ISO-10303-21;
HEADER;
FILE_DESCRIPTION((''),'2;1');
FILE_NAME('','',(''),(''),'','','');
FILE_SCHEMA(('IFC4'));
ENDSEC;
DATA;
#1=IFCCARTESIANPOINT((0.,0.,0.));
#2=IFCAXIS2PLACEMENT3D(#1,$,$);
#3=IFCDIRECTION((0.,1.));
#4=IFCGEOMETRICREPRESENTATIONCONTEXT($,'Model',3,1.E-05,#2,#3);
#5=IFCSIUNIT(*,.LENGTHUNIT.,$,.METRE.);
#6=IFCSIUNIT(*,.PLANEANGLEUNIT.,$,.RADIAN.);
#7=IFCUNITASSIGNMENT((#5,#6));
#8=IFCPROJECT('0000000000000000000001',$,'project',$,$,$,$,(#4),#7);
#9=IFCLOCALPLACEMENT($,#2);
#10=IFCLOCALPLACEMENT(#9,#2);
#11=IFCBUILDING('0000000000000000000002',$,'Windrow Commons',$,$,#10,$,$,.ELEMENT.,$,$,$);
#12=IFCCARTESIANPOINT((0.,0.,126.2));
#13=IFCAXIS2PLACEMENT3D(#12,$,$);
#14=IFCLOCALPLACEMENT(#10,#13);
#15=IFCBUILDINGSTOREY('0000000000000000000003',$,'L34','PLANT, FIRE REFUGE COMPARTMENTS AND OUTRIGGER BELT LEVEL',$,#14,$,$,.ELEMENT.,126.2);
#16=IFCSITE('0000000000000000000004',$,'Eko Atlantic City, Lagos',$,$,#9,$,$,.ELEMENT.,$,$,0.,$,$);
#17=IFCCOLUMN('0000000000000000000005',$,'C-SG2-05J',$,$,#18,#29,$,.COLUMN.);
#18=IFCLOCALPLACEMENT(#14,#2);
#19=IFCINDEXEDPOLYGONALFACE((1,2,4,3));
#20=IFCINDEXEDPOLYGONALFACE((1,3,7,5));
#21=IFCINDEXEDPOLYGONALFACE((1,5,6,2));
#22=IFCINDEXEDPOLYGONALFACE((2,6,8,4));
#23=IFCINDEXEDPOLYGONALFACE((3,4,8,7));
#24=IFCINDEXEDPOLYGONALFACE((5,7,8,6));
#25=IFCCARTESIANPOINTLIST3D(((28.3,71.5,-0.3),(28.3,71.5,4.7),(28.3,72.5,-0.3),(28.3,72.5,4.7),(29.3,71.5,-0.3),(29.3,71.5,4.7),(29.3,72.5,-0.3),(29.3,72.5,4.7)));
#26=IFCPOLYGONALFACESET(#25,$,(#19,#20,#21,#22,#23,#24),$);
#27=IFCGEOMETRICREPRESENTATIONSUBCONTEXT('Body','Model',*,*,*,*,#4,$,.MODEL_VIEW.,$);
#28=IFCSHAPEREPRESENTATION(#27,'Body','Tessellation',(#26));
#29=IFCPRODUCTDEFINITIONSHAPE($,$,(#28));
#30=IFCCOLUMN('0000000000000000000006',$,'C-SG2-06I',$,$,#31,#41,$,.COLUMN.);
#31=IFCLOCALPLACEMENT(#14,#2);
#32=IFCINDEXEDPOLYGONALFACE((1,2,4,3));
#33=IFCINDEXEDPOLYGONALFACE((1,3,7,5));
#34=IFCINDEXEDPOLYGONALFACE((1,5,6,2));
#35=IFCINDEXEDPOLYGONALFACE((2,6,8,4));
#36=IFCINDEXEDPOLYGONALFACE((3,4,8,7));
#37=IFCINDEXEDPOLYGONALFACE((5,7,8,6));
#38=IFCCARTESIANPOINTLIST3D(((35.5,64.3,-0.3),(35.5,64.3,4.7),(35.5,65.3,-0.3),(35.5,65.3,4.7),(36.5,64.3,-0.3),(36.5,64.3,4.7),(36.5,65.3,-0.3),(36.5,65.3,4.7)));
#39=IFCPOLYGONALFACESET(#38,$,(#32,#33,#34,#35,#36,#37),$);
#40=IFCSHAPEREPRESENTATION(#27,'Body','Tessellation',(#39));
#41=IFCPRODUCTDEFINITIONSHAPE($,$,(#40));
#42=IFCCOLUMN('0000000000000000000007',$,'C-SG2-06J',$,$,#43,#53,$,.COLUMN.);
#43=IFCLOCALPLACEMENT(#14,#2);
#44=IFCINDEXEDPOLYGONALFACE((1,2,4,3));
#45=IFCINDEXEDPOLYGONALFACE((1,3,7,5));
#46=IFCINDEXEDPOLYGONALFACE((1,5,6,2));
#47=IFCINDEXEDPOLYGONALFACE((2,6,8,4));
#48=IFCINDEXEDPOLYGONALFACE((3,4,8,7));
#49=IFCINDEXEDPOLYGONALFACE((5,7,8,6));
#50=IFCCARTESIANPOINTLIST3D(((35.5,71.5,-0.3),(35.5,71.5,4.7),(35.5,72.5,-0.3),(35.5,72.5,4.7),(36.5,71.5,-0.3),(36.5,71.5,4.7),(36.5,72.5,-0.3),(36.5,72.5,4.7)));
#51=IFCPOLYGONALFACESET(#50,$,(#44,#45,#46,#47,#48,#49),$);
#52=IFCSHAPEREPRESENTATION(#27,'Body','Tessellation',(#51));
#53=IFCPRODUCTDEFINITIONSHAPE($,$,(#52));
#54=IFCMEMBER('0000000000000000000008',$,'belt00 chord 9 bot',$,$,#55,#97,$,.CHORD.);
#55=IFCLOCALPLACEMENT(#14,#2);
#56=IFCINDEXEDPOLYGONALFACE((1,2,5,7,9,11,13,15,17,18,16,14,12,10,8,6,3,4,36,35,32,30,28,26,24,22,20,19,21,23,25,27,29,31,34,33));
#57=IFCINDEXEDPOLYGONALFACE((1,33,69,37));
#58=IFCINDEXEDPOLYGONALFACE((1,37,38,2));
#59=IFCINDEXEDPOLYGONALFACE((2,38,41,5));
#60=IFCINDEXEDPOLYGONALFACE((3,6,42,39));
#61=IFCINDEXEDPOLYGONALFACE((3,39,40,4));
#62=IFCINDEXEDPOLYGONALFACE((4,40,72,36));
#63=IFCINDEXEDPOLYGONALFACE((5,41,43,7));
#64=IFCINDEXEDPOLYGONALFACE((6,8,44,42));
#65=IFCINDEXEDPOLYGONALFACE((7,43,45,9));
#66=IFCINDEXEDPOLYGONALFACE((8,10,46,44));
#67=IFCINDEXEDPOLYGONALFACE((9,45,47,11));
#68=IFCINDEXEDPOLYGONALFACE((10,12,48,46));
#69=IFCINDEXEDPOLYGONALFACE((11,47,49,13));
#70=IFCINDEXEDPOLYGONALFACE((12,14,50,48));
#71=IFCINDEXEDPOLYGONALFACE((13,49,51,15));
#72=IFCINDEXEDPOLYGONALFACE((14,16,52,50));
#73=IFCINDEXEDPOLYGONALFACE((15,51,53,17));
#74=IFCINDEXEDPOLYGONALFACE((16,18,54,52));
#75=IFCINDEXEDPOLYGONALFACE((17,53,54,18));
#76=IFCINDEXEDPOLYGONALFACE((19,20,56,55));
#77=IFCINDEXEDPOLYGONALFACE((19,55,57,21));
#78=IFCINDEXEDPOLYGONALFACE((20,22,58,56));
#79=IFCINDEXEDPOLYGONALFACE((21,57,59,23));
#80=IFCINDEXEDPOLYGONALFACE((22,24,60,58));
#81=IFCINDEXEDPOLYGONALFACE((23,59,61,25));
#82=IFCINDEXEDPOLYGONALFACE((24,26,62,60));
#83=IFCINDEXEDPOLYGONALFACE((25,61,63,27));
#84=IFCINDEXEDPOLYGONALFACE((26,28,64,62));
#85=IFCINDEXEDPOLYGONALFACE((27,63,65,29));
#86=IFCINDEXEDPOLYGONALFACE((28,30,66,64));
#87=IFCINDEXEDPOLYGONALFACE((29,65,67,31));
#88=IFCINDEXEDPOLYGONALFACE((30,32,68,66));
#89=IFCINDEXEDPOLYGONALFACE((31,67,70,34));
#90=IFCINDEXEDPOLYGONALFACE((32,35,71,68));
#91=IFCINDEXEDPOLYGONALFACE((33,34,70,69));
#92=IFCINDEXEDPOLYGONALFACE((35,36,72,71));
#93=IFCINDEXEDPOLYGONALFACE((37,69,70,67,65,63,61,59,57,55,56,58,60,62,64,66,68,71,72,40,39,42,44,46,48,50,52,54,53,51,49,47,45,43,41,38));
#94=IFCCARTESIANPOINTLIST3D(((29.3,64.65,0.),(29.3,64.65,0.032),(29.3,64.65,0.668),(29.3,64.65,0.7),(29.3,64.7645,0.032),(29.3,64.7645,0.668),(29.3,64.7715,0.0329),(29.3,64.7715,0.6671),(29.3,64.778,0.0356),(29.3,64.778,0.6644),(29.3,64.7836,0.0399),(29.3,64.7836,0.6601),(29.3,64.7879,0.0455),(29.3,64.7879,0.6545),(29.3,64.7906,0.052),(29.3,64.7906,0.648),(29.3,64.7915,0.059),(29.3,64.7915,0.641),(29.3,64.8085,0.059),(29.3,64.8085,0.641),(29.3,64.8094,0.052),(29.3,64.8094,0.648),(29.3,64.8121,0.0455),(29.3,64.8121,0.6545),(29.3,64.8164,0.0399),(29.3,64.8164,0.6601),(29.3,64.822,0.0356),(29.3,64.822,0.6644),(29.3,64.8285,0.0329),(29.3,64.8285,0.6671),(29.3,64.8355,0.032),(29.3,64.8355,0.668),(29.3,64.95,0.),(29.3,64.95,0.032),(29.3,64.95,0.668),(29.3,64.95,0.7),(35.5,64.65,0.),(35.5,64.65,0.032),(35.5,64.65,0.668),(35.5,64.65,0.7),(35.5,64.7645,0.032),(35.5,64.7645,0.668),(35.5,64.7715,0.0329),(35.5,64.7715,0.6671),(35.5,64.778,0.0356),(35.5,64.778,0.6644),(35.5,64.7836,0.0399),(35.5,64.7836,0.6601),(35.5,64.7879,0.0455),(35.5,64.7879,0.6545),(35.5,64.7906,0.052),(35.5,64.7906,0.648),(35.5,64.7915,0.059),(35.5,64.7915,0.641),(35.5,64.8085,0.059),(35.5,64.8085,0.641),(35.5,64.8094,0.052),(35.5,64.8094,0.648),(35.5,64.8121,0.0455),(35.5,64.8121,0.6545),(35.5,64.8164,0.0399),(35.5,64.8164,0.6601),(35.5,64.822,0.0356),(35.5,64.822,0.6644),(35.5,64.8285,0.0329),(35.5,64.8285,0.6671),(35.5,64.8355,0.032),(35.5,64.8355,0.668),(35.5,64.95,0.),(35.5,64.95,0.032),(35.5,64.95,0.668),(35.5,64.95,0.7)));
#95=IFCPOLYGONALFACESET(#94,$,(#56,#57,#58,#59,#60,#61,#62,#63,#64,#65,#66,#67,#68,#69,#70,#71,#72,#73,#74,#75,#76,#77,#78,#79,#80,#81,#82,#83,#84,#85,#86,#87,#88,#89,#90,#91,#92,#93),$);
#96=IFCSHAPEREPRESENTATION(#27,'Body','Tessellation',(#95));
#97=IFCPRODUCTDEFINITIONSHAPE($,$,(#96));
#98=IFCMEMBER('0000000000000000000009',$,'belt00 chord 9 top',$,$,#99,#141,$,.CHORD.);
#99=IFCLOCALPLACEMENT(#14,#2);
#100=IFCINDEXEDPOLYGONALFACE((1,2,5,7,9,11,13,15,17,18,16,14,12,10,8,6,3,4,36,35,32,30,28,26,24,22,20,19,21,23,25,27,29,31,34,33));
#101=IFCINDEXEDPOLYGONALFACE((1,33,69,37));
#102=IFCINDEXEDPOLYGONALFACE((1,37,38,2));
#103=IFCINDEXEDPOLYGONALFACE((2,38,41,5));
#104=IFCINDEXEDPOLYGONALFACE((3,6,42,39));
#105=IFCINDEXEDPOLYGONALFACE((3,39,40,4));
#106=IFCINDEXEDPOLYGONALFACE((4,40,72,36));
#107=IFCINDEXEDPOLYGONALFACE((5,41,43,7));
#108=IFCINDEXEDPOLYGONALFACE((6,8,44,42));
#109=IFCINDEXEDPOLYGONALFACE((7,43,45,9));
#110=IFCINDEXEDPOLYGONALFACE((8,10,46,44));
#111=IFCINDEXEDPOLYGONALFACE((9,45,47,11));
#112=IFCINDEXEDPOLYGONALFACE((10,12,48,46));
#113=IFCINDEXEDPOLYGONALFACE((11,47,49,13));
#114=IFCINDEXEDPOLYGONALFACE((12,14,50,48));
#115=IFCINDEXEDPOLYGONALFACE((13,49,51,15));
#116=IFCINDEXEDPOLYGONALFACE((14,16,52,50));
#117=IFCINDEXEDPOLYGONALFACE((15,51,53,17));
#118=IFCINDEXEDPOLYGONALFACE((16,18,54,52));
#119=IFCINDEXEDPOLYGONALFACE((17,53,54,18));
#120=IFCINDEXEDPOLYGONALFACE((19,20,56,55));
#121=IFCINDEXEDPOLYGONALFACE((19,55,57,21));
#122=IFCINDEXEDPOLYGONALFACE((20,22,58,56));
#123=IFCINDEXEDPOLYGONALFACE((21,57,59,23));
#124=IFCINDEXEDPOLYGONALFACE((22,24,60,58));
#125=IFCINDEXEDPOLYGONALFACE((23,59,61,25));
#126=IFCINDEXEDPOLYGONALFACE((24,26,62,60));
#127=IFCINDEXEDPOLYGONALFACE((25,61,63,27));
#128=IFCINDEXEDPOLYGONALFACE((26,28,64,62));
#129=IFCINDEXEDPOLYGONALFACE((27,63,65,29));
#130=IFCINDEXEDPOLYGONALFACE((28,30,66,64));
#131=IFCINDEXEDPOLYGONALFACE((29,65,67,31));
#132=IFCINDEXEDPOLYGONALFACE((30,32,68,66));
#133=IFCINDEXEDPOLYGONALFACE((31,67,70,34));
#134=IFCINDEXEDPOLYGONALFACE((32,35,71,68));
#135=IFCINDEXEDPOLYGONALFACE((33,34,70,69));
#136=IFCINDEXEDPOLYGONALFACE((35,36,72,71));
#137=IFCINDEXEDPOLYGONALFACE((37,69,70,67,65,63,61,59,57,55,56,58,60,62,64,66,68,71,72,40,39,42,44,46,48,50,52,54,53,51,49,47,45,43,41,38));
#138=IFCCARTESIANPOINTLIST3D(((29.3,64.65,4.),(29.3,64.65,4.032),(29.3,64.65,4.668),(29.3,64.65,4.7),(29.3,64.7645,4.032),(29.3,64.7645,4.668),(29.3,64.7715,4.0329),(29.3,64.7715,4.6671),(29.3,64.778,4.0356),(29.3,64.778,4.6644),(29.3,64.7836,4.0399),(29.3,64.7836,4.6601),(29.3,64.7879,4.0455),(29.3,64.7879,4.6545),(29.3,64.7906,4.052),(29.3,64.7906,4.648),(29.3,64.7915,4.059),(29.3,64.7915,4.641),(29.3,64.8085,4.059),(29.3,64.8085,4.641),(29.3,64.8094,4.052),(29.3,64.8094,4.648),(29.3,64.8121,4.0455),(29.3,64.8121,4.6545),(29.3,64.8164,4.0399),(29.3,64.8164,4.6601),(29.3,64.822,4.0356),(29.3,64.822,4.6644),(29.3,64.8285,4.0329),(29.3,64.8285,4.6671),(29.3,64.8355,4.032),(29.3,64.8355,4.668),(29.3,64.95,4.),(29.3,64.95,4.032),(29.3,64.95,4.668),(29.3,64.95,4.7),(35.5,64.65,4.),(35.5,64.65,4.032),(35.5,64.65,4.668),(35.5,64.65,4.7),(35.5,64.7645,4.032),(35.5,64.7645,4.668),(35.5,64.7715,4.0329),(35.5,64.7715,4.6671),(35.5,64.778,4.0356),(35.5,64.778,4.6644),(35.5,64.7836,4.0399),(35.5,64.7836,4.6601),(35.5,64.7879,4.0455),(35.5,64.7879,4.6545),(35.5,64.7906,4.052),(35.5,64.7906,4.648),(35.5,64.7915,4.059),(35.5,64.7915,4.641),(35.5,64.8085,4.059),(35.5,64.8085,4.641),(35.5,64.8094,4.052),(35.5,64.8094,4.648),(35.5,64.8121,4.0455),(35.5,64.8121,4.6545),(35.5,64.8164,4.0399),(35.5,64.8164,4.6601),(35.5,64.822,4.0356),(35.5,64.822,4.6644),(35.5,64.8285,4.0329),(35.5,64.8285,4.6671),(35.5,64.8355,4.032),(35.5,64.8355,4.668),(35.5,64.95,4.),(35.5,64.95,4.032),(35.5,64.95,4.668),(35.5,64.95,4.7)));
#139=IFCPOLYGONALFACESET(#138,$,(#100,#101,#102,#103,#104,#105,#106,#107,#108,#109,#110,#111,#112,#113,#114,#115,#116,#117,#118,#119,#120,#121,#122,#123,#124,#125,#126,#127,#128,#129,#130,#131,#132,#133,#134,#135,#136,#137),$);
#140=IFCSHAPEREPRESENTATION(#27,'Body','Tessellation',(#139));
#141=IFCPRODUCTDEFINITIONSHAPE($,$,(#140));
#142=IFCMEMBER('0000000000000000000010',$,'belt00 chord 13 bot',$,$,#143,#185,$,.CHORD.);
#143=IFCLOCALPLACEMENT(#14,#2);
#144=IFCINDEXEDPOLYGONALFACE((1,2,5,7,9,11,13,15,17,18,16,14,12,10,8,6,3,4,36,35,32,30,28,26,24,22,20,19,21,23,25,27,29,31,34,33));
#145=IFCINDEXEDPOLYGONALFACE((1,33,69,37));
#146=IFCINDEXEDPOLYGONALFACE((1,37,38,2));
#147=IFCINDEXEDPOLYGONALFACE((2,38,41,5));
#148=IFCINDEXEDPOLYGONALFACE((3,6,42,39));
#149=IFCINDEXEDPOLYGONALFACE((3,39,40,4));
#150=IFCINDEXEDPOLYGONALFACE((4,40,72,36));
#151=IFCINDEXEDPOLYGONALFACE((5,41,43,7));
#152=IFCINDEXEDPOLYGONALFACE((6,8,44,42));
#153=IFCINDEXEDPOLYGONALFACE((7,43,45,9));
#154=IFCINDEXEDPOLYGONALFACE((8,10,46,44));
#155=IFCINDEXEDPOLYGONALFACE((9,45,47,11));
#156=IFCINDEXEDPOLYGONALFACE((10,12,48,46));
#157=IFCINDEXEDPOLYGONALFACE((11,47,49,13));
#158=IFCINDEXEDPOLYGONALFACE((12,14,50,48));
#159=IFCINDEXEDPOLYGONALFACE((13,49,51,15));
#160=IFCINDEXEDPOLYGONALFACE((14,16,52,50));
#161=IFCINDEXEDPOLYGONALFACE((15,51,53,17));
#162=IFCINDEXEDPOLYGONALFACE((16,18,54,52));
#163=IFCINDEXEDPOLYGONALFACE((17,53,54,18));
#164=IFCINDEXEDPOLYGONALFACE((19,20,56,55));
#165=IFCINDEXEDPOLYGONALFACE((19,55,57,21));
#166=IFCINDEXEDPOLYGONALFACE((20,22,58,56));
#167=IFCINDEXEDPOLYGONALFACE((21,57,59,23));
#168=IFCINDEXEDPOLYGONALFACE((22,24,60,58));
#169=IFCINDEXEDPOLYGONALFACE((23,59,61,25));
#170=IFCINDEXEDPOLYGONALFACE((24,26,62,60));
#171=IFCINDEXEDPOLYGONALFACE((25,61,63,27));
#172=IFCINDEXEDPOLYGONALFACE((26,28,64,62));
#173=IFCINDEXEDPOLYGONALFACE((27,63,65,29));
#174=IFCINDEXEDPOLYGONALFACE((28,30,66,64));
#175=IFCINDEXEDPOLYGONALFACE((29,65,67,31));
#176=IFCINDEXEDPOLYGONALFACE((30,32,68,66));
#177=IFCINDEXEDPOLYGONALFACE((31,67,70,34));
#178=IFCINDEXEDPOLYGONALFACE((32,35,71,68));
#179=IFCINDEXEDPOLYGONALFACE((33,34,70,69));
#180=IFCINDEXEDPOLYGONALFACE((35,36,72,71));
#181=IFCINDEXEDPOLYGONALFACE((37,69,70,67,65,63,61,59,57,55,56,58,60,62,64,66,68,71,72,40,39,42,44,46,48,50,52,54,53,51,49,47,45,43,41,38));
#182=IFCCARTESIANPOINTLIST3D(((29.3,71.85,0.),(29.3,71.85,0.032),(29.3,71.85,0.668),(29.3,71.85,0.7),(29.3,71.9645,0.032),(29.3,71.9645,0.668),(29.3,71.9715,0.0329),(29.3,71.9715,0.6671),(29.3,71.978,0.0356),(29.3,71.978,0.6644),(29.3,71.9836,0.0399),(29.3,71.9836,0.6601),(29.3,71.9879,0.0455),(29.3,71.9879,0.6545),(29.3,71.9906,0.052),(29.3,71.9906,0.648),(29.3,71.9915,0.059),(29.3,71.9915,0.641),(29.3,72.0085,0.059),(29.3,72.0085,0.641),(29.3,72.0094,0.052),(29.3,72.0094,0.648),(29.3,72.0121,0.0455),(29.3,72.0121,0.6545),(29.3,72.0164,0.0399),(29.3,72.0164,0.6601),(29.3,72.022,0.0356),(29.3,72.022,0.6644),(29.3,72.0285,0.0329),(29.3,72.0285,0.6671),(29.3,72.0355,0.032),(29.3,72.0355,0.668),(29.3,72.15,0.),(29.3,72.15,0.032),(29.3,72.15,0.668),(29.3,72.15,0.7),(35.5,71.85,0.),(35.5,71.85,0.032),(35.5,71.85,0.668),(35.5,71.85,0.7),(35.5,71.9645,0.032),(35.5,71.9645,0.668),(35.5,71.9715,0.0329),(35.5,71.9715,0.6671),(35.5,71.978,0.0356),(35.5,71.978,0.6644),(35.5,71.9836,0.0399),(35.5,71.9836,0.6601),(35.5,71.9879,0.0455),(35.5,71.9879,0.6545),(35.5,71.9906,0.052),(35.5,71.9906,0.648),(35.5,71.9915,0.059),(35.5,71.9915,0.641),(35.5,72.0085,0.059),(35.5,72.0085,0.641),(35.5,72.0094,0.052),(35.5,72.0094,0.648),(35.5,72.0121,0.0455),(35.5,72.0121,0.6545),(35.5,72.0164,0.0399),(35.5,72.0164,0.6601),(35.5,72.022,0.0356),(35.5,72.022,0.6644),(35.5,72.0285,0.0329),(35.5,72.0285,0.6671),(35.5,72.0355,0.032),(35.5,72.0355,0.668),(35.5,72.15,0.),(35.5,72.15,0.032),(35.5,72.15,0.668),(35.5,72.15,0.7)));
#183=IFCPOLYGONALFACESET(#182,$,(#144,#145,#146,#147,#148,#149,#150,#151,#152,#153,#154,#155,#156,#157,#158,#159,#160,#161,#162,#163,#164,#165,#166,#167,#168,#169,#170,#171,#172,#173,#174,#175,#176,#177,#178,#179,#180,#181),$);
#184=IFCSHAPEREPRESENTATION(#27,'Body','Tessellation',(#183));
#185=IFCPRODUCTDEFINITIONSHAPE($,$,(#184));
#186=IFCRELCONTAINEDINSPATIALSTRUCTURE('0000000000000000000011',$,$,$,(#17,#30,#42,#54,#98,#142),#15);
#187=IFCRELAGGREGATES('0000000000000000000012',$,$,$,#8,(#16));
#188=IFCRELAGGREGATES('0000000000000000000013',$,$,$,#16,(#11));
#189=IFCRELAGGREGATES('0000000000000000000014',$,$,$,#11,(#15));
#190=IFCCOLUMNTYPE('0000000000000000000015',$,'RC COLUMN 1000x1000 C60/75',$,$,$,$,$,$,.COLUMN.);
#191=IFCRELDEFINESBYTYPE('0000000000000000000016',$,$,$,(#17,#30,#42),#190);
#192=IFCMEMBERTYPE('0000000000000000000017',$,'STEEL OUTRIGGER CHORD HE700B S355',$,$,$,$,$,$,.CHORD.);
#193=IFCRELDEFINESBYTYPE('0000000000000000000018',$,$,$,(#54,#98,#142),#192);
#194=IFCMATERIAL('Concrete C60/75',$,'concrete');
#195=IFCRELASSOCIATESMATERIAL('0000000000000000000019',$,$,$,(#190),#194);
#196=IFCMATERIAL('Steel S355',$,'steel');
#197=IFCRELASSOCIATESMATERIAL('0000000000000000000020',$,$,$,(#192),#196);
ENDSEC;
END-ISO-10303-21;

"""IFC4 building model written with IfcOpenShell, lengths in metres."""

from ifc_helpers import new_model, si_unit, direction, frame, origin, origin_2d, place, context, subcontext, project, spatial, rectangle, i_section, extrude, material, material_profile, profile_set, type_object, element, save


model = new_model("IFC4")

# Units and contexts
model_context = context("Model", 3, precision=1e-05, world=origin(), true_north=direction((0.0, 1.0)))
body_context = subcontext(model_context, "Body", "Model", "MODEL_VIEW")
ifc_project = project(units=[si_unit("LENGTHUNIT", "METRE"), si_unit("PLANEANGLEUNIT", "RADIAN")], contexts=[model_context])

# Site, building, storey
site_placement = place(None, origin())
site = spatial("IfcSite", under=ifc_project, at=site_placement, Name="Eko Atlantic City, Lagos", CompositionType="ELEMENT", RefElevation=0.0)
building_placement = place(site_placement, origin())
building = spatial("IfcBuilding", under=site, at=building_placement, Name="Windrow Commons", CompositionType="ELEMENT")
storey_placement = place(building_placement, frame((0.0, 0.0, 126.2)))
storey = spatial("IfcBuildingStorey", under=building, at=storey_placement, Name="L34", Description="PLANT, FIRE REFUGE COMPARTMENTS AND OUTRIGGER BELT LEVEL", CompositionType="ELEMENT", Elevation=126.2)

# Columns
ifc_material_1 = material(Name="Concrete C60/75", Category="concrete")
ifc_material_profile_1 = material_profile(ifc_material_1, rectangle(XDim=1.0, YDim=1.0, at=origin_2d()))
ifc_profile_set_1 = profile_set([ifc_material_profile_1], Name="Concrete C60/75")
column_type = type_object("IfcColumnType", Name="RC COLUMN 1000x1000 C60/75", PredefinedType="COLUMN", material=ifc_profile_set_1)
for number, where, z_axis, x_axis, name in (
    (1, (28.8, 72.0, -0.3), (0.0, 0.0, 1.0), (1.0, 0.0, 0.0), "C-SG2-05J"),
    (2, (36.0, 64.8, -0.3), (0.0, 0.0, 1.0), (1.0, 0.0, 0.0), "C-SG2-06I"),
    (3, (36.0, 72.0, -0.3), (0.0, 0.0, 1.0), (1.0, 0.0, 0.0), "C-SG2-06J"),
):
    element("IfcColumn", number, at=place(storey_placement, frame(where, z_axis=z_axis, x_axis=x_axis)), inside=storey, type_object=column_type, Name=name, PredefinedType="COLUMN", context=body_context, shape_type="SweptSolid", body=[
        extrude(rectangle(XDim=1.0, YDim=1.0, at=origin_2d()), origin(), (0.0, 0.0, 1.0), 5.0),
    ])

# Members
ifc_material_2 = material(Name="Steel S355", Category="steel")
ifc_material_profile_2 = material_profile(ifc_material_2, i_section(OverallWidth=0.3, OverallDepth=0.7, WebThickness=0.017, FlangeThickness=0.032, FilletRadius=0.027, at=origin_2d()))
ifc_profile_set_2 = profile_set([ifc_material_profile_2], Name="Steel S355")
member_type_1 = type_object("IfcMemberType", Name="STEEL OUTRIGGER CHORD HE700B S355", PredefinedType="CHORD", material=ifc_profile_set_2)
for number, where, z_axis, x_axis, name in (
    (4, (35.5, 64.8, 0.35), (-1.0, 0.0, 0.0), (0.0, -1.0, 0.0), "belt00 chord 9 bot"),
    (5, (35.5, 64.8, 4.35), (-1.0, 0.0, 0.0), (0.0, -1.0, 0.0), "belt00 chord 9 top"),
    (6, (29.3, 72.0, 0.35), (1.0, 0.0, 0.0), (0.0, 1.0, 0.0), "belt00 chord 13 bot"),
):
    element("IfcMember", number, at=place(storey_placement, frame(where, z_axis=z_axis, x_axis=x_axis)), inside=storey, type_object=member_type_1, Name=name, PredefinedType="CHORD", context=body_context, shape_type="SweptSolid", body=[
        extrude(i_section(OverallWidth=0.3, OverallDepth=0.7, WebThickness=0.017, FlangeThickness=0.032, FilletRadius=0.027, at=origin_2d()), origin(), (0.0, 0.0, 1.0), 6.2),
    ])

save(model, "model.ifc")
